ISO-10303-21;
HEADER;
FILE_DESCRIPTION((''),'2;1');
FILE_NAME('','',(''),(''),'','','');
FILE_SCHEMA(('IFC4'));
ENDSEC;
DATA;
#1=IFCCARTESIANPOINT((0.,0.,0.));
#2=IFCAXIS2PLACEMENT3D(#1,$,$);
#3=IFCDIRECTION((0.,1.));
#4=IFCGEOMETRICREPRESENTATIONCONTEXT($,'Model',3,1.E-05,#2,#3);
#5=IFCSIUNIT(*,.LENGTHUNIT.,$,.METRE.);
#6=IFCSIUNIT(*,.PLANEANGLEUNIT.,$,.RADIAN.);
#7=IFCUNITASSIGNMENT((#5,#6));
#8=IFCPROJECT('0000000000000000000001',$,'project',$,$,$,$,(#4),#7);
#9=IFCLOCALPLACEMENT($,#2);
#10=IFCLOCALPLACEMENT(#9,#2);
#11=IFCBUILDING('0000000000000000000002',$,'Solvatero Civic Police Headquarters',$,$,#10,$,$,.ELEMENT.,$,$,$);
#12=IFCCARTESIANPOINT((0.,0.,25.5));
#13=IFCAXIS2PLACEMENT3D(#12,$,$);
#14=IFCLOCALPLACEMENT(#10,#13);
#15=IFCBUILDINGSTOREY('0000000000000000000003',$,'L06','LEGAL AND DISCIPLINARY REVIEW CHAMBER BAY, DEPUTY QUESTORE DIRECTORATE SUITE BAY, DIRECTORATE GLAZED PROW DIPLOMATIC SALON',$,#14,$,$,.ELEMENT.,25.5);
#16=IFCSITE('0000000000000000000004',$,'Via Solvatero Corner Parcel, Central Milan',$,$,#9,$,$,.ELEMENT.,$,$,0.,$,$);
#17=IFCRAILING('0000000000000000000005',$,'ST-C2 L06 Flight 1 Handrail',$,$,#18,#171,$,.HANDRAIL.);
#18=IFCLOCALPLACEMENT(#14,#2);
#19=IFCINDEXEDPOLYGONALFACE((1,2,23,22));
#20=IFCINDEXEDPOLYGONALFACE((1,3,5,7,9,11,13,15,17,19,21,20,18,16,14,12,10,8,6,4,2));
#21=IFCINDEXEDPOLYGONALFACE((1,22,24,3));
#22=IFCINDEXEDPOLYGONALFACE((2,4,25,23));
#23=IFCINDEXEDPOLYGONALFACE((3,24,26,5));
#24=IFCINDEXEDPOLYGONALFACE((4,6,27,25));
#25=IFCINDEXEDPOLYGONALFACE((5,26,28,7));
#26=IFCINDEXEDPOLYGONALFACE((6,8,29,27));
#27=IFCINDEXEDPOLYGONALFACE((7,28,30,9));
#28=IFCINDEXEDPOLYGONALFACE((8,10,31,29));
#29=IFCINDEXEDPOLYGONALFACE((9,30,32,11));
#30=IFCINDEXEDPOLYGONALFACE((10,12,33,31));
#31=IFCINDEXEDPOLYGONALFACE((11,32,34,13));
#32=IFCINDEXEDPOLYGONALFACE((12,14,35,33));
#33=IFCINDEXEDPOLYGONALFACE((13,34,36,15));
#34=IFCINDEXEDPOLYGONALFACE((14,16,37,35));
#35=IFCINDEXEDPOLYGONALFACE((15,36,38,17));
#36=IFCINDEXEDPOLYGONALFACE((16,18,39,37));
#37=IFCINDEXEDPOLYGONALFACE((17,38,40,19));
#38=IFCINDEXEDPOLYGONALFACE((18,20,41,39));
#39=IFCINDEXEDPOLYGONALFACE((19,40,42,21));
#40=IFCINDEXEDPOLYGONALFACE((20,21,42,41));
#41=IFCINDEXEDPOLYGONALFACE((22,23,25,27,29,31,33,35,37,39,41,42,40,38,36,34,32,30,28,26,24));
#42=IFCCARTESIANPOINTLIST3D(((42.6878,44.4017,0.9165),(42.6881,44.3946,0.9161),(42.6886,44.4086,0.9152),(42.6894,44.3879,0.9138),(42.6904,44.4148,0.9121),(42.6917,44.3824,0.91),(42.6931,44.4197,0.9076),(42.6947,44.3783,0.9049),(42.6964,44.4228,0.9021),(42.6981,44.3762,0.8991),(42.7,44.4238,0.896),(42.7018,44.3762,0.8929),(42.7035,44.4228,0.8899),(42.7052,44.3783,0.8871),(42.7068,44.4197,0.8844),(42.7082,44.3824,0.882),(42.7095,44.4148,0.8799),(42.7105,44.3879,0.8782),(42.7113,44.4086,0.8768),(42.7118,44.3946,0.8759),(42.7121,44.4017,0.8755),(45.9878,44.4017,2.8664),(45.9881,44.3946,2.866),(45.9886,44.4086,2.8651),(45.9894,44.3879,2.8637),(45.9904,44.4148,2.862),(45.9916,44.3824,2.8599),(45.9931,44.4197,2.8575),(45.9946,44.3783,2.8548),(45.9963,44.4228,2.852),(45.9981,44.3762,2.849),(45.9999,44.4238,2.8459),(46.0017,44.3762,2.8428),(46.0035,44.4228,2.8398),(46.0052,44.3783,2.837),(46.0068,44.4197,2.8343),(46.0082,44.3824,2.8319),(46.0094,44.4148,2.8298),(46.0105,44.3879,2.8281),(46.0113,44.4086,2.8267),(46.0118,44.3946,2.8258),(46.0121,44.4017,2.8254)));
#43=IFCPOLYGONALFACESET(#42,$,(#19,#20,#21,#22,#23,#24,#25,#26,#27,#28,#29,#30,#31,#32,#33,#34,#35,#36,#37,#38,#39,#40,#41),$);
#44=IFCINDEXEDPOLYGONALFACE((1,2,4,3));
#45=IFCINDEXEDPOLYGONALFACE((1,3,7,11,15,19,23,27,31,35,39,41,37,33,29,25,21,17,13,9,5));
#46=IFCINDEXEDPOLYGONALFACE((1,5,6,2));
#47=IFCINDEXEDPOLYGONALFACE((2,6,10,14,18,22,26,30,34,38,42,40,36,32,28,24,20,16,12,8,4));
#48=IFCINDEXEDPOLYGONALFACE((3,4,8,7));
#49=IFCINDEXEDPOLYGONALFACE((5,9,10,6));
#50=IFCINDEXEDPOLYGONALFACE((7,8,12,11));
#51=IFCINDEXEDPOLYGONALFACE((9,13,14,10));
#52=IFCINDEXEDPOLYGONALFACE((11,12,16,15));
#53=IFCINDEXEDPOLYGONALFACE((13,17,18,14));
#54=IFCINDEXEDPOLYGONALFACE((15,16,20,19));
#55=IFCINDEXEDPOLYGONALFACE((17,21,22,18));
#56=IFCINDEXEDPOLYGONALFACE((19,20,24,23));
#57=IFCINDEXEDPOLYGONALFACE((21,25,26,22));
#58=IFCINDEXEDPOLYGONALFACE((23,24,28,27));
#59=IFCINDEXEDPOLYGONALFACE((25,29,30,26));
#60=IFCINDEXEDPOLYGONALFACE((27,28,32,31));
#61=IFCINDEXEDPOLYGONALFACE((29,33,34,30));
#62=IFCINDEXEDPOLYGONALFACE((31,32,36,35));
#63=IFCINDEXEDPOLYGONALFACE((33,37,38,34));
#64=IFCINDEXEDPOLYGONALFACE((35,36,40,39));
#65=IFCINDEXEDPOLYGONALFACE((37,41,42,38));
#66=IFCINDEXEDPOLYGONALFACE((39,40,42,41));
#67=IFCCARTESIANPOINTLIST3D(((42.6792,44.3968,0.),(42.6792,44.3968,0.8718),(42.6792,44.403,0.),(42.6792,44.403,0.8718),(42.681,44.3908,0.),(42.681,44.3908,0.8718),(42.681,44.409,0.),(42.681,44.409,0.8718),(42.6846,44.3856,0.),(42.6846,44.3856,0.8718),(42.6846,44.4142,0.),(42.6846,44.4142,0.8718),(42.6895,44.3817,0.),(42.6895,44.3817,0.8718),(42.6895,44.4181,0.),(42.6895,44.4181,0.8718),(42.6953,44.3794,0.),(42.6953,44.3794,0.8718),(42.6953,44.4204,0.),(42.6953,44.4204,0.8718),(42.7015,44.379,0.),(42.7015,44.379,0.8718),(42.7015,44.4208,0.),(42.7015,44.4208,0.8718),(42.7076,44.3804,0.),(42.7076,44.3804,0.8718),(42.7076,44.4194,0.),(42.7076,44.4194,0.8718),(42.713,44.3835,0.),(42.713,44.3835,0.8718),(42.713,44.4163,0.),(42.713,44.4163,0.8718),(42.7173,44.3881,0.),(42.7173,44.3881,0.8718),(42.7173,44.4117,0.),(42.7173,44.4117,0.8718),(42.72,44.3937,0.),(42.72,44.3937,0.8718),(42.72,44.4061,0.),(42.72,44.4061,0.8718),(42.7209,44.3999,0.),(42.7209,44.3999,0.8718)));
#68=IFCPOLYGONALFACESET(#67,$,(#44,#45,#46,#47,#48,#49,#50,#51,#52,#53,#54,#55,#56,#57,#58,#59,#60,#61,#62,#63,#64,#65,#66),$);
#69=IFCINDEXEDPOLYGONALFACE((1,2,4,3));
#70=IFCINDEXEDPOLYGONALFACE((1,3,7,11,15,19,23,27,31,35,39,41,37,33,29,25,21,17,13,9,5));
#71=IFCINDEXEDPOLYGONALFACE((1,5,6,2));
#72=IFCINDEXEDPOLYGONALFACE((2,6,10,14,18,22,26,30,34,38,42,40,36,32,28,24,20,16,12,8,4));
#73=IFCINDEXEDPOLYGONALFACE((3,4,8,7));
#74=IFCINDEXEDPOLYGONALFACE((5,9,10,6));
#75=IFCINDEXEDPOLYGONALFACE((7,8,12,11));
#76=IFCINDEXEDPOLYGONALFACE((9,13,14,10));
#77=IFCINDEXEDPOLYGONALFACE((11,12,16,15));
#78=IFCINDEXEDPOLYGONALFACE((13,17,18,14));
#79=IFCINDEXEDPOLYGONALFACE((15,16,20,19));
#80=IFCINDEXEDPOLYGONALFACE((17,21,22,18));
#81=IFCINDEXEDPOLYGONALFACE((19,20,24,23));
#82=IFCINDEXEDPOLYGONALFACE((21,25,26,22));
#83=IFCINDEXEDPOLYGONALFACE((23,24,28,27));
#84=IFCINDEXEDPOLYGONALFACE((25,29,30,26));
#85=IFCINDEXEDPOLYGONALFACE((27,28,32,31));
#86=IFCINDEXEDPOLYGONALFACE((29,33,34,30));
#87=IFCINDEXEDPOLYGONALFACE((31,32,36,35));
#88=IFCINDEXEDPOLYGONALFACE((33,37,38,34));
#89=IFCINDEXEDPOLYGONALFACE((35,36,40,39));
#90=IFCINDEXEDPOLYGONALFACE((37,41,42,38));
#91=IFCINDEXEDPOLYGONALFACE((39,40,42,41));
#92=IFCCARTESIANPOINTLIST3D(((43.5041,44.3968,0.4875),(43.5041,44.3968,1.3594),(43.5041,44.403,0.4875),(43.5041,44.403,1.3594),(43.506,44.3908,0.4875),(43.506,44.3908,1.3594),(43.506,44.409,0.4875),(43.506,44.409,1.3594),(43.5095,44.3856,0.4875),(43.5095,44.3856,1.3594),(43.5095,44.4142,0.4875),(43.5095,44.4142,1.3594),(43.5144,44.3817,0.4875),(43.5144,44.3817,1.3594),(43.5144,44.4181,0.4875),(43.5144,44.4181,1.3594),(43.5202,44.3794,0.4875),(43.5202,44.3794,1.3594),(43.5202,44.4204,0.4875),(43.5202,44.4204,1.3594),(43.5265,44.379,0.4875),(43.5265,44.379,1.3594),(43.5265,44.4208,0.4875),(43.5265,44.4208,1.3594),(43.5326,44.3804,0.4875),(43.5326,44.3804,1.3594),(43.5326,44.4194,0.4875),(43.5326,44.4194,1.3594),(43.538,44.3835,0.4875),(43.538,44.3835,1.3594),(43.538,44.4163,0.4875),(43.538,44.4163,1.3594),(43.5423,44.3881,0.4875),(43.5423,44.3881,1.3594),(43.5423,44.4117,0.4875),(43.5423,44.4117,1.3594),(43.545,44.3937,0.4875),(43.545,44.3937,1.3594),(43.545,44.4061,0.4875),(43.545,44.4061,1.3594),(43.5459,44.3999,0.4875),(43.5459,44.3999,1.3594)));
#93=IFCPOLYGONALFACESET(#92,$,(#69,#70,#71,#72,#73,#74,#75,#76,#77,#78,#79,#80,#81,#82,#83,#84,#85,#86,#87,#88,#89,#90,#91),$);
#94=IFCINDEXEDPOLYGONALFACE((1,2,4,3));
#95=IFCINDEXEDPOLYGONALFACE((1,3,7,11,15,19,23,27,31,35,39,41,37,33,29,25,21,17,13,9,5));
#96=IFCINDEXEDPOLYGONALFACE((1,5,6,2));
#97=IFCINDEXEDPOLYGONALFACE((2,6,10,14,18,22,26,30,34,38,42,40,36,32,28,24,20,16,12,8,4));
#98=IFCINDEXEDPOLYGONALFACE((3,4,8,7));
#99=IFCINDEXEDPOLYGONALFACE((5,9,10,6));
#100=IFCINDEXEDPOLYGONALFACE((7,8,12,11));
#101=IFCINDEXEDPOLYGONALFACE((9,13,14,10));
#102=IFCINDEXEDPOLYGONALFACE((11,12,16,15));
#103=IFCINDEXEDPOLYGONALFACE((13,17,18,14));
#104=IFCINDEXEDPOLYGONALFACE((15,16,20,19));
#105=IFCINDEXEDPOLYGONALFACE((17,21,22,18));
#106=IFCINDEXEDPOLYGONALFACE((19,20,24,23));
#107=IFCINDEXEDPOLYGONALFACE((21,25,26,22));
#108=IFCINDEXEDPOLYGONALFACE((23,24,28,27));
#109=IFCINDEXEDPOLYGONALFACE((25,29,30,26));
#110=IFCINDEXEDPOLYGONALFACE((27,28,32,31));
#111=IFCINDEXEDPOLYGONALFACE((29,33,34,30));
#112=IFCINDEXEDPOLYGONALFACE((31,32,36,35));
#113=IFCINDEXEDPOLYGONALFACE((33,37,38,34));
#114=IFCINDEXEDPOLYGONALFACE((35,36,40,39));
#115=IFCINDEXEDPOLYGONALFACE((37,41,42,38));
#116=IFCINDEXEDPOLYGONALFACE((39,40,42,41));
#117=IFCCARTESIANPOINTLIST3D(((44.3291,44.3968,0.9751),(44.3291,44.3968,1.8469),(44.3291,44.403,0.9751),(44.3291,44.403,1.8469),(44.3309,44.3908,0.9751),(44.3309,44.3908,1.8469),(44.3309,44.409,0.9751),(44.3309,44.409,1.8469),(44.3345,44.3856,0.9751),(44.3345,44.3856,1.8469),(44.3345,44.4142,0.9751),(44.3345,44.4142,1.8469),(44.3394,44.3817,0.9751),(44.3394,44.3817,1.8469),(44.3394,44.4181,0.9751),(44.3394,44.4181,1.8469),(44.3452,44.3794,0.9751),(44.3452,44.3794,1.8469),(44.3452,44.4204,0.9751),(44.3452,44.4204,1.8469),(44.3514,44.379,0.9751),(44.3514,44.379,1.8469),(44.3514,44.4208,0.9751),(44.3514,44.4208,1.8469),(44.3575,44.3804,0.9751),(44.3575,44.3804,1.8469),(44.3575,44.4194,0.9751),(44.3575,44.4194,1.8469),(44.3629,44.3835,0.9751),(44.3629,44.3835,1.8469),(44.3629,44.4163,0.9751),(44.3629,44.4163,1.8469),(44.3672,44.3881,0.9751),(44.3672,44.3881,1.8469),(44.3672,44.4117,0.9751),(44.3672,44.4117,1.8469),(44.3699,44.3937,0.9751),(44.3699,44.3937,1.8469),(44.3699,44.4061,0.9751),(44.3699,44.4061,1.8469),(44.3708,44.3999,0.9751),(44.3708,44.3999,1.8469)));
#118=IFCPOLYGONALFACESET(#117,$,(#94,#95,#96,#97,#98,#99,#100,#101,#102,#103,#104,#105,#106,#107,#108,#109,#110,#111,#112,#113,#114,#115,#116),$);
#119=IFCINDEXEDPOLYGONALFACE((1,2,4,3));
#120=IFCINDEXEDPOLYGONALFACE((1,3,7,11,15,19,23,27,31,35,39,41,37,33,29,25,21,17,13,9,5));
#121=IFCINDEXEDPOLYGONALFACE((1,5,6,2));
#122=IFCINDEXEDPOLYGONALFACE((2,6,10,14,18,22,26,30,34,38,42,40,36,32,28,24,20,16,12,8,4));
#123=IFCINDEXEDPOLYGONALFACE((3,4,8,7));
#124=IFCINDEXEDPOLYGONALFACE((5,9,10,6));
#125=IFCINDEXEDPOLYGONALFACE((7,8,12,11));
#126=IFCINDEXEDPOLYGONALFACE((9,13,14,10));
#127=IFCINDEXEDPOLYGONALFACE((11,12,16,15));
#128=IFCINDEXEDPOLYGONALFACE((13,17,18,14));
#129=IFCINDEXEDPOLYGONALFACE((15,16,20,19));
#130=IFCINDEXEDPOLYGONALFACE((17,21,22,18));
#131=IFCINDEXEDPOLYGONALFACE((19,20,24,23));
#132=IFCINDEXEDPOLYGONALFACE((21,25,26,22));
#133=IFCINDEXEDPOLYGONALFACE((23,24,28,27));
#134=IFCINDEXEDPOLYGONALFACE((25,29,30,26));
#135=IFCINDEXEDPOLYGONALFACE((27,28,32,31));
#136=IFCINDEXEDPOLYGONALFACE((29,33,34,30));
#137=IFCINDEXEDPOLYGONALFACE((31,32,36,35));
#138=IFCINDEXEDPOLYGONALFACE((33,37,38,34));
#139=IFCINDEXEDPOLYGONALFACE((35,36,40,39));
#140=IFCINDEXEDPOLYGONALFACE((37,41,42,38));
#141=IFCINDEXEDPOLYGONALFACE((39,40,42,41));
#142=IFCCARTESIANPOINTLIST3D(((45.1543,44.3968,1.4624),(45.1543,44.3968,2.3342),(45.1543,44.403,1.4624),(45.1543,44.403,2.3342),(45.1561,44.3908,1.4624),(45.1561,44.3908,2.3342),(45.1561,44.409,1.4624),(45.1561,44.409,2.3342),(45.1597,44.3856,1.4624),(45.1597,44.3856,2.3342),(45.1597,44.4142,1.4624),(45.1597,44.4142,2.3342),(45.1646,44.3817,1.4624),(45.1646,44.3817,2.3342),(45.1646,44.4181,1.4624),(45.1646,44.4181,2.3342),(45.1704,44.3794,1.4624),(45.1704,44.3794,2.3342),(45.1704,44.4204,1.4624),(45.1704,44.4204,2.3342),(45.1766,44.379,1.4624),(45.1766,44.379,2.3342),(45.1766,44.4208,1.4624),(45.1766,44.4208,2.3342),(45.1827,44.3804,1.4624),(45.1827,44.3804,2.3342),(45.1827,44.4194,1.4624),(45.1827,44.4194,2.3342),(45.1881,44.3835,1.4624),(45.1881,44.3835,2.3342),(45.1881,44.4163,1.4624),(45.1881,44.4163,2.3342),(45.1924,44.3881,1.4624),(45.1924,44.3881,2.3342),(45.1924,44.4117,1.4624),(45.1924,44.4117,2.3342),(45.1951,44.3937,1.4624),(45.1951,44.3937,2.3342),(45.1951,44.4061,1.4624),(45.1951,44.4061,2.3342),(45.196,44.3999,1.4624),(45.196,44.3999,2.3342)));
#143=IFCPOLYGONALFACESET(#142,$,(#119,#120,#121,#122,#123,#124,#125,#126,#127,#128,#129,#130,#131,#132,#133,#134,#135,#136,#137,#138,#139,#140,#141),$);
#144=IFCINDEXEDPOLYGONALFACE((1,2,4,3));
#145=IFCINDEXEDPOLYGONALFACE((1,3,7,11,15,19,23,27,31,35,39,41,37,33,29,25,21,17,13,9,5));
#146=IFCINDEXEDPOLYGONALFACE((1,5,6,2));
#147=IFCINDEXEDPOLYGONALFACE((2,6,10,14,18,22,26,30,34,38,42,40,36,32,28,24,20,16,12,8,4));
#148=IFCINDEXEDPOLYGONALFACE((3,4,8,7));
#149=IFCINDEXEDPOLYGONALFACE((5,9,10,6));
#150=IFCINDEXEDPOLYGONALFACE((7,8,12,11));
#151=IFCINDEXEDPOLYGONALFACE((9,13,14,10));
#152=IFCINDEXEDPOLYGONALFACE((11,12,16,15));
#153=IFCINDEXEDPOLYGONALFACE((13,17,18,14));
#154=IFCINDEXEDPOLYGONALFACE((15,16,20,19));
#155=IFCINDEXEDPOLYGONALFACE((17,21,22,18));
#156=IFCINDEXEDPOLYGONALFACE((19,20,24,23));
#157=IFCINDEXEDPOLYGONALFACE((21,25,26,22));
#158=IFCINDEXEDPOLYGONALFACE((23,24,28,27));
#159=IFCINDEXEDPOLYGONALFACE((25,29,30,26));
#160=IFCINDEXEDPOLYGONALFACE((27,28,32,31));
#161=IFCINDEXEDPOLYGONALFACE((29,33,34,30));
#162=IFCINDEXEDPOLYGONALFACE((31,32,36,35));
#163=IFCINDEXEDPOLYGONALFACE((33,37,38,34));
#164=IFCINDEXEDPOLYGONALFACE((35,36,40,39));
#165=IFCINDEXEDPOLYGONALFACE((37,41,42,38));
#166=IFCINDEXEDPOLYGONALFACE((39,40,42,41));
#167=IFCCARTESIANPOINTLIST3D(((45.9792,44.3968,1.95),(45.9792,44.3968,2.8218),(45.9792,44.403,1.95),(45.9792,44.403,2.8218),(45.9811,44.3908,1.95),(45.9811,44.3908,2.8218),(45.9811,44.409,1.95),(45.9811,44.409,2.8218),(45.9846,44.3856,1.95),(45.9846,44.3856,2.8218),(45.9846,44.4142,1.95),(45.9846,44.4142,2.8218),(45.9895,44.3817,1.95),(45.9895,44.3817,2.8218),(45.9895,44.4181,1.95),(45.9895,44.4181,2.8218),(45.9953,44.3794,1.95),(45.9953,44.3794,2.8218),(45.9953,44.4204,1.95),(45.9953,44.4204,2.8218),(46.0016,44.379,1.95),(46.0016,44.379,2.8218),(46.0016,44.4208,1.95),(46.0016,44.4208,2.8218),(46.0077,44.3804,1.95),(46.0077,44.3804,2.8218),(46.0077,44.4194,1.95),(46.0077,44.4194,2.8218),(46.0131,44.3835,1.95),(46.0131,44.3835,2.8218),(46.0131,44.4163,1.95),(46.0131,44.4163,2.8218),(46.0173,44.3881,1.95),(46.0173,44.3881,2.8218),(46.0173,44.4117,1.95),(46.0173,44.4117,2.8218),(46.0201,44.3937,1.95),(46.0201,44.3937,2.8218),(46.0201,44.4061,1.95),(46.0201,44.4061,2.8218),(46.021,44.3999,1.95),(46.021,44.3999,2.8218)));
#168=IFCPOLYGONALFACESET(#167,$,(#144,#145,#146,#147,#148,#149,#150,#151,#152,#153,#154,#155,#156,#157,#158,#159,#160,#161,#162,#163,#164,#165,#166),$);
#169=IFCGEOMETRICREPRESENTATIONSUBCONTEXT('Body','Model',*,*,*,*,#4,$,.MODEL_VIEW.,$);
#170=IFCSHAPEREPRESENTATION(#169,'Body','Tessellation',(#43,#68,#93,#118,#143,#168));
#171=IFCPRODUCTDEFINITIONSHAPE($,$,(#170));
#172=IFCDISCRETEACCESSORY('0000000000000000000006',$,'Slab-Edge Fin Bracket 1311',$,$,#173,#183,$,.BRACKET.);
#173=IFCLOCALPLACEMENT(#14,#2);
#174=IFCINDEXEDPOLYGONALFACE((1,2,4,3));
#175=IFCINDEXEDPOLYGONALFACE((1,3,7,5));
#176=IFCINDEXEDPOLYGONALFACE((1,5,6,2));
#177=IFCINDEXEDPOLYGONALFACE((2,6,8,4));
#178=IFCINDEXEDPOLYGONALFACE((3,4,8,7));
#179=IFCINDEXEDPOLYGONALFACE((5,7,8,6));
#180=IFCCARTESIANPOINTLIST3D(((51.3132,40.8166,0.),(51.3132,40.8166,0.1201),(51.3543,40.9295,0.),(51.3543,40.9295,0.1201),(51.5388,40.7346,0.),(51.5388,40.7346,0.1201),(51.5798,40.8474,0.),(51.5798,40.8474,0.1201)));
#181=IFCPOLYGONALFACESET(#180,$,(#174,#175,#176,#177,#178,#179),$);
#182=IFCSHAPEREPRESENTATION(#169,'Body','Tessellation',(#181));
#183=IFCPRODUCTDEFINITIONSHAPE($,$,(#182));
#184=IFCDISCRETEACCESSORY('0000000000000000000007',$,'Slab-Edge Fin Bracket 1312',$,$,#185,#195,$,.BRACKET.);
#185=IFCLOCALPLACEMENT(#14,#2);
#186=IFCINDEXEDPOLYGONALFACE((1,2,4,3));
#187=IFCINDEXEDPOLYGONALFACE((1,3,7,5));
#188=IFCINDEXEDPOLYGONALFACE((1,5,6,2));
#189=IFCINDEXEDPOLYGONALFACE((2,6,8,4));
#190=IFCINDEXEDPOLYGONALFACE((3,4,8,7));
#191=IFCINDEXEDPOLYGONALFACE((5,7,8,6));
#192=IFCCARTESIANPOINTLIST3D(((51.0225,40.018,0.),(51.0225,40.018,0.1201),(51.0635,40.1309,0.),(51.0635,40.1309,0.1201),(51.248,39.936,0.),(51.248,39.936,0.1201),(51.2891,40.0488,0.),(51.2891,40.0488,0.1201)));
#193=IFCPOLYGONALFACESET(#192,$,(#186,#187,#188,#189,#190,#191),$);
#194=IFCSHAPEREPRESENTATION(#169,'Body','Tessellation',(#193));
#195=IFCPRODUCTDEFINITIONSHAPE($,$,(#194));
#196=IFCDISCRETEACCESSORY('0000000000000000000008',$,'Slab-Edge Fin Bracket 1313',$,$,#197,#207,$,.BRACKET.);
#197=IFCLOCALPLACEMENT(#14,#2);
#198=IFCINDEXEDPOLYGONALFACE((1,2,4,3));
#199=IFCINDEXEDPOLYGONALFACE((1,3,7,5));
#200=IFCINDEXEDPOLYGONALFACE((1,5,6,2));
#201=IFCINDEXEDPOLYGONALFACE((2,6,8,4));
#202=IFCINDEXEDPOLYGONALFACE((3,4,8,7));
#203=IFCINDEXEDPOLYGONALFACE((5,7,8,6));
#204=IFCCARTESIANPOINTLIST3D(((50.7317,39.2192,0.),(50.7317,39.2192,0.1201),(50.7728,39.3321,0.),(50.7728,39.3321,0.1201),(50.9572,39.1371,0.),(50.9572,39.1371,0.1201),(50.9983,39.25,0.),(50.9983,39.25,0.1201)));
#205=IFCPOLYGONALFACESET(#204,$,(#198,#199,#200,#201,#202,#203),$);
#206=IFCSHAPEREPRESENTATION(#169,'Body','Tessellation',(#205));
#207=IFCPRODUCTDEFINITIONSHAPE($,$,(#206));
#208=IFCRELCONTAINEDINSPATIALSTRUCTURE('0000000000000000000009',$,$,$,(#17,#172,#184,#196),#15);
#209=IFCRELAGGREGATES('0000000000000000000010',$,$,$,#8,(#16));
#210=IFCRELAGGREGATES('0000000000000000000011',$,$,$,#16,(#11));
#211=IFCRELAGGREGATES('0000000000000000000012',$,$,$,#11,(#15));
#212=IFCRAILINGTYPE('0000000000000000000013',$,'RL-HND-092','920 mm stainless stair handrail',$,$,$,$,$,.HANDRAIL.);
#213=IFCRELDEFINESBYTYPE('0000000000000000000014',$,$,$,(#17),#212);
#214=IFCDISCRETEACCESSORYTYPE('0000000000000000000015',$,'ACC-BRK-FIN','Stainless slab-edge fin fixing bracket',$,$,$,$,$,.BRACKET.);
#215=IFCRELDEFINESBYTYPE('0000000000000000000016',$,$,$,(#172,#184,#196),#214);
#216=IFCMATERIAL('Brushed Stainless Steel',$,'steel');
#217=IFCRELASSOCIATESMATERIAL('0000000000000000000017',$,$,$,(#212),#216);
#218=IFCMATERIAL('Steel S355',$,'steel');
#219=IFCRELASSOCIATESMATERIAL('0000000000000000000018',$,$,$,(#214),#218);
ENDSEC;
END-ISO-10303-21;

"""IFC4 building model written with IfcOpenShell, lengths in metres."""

from ifc_helpers import new_model, si_unit, direction, frame, origin, origin_2d, place, context, subcontext, project, spatial, rectangle, circle, extrude, material, type_object, element, save


model = new_model("IFC4")

# Units and contexts
model_context = context("Model", 3, precision=1e-05, world=origin(), true_north=direction((0.0, 1.0)))
body_context = subcontext(model_context, "Body", "Model", "MODEL_VIEW")
ifc_project = project(units=[si_unit("LENGTHUNIT", "METRE"), si_unit("PLANEANGLEUNIT", "RADIAN")], contexts=[model_context])

# Site, building, storey
site_placement = place(None, origin())
site = spatial("IfcSite", under=ifc_project, at=site_placement, Name="Via Solvatero Corner Parcel, Central Milan", CompositionType="ELEMENT", RefElevation=0.0)
building_placement = place(site_placement, origin())
building = spatial("IfcBuilding", under=site, at=building_placement, Name="Solvatero Civic Police Headquarters", CompositionType="ELEMENT")
storey_placement = place(building_placement, frame((0.0, 0.0, 25.5)))
storey = spatial("IfcBuildingStorey", under=building, at=storey_placement, Name="L06", Description="LEGAL AND DISCIPLINARY REVIEW CHAMBER BAY, DEPUTY QUESTORE DIRECTORATE SUITE BAY, DIRECTORATE GLAZED PROW DIPLOMATIC SALON", CompositionType="ELEMENT", Elevation=25.5)

# Shared definitions
ifc_material_1 = material(Name="Steel S355", Category="steel")

# Railing
ifc_material_2 = material(Name="Brushed Stainless Steel", Category="steel")
railing_type_1 = type_object("IfcRailingType", Name="RL-HND-092", Description="920 mm stainless stair handrail", PredefinedType="HANDRAIL", material=ifc_material_2)
railing_1_placement = place(storey_placement, frame((42.7, 44.3999, 0.0)))
element("IfcRailing", 1, at=railing_1_placement, inside=storey, type_object=railing_type_1, Name="ST-C2 L06 Flight 1 Handrail", PredefinedType="HANDRAIL", context=body_context, shape_type="SweptSolid", body=[
    extrude(circle(Radius=0.0239, at=origin_2d()), frame((0.0, 0.0, 0.896), z_axis=(0.860935, 0.0, 0.508714), x_axis=(0.0, 1.0, 0.0)), (0.0, 0.0, 1.0), 3.833),
    extrude(circle(Radius=0.021, at=origin_2d()), origin(), (0.0, 0.0, 1.0), 0.8718),
    extrude(circle(Radius=0.021, at=origin_2d()), frame((0.825, 0.0, 0.4875)), (0.0, 0.0, 1.0), 0.8718),
    extrude(circle(Radius=0.021, at=origin_2d()), frame((1.6499, 0.0, 0.9751)), (0.0, 0.0, 1.0), 0.8718),
    extrude(circle(Radius=0.021, at=origin_2d()), frame((2.4751, 0.0, 1.4624)), (0.0, 0.0, 1.0), 0.8718),
    extrude(circle(Radius=0.021, at=origin_2d()), frame((3.3, 0.0, 1.95)), (0.0, 0.0, 1.0), 0.8718),
])

# Discrete accessories
discrete_accessory_type = type_object("IfcDiscreteAccessoryType", Name="ACC-BRK-FIN", Description="Stainless slab-edge fin fixing bracket", PredefinedType="BRACKET", material=ifc_material_1)
for number, where, z_axis, x_axis, name in (
    (2, (51.4465, 40.832, 0.0), (0.0, 0.0, 1.0), (-0.342004, -0.939699, 0.0), "Slab-Edge Fin Bracket 1311"),
    (3, (51.1558, 40.0334, 0.0), (0.0, 0.0, 1.0), (-0.342004, -0.939699, 0.0), "Slab-Edge Fin Bracket 1312"),
    (4, (50.865, 39.2346, 0.0), (0.0, 0.0, 1.0), (-0.342004, -0.939699, 0.0), "Slab-Edge Fin Bracket 1313"),
):
    element("IfcDiscreteAccessory", number, at=place(storey_placement, frame(where, z_axis=z_axis, x_axis=x_axis)), inside=storey, type_object=discrete_accessory_type, Name=name, PredefinedType="BRACKET", context=body_context, shape_type="SweptSolid", body=[
        extrude(rectangle(XDim=0.1201, YDim=0.24, at=origin_2d()), origin(), (0.0, 0.0, 1.0), 0.1201),
    ])

save(model, "model.ifc")
